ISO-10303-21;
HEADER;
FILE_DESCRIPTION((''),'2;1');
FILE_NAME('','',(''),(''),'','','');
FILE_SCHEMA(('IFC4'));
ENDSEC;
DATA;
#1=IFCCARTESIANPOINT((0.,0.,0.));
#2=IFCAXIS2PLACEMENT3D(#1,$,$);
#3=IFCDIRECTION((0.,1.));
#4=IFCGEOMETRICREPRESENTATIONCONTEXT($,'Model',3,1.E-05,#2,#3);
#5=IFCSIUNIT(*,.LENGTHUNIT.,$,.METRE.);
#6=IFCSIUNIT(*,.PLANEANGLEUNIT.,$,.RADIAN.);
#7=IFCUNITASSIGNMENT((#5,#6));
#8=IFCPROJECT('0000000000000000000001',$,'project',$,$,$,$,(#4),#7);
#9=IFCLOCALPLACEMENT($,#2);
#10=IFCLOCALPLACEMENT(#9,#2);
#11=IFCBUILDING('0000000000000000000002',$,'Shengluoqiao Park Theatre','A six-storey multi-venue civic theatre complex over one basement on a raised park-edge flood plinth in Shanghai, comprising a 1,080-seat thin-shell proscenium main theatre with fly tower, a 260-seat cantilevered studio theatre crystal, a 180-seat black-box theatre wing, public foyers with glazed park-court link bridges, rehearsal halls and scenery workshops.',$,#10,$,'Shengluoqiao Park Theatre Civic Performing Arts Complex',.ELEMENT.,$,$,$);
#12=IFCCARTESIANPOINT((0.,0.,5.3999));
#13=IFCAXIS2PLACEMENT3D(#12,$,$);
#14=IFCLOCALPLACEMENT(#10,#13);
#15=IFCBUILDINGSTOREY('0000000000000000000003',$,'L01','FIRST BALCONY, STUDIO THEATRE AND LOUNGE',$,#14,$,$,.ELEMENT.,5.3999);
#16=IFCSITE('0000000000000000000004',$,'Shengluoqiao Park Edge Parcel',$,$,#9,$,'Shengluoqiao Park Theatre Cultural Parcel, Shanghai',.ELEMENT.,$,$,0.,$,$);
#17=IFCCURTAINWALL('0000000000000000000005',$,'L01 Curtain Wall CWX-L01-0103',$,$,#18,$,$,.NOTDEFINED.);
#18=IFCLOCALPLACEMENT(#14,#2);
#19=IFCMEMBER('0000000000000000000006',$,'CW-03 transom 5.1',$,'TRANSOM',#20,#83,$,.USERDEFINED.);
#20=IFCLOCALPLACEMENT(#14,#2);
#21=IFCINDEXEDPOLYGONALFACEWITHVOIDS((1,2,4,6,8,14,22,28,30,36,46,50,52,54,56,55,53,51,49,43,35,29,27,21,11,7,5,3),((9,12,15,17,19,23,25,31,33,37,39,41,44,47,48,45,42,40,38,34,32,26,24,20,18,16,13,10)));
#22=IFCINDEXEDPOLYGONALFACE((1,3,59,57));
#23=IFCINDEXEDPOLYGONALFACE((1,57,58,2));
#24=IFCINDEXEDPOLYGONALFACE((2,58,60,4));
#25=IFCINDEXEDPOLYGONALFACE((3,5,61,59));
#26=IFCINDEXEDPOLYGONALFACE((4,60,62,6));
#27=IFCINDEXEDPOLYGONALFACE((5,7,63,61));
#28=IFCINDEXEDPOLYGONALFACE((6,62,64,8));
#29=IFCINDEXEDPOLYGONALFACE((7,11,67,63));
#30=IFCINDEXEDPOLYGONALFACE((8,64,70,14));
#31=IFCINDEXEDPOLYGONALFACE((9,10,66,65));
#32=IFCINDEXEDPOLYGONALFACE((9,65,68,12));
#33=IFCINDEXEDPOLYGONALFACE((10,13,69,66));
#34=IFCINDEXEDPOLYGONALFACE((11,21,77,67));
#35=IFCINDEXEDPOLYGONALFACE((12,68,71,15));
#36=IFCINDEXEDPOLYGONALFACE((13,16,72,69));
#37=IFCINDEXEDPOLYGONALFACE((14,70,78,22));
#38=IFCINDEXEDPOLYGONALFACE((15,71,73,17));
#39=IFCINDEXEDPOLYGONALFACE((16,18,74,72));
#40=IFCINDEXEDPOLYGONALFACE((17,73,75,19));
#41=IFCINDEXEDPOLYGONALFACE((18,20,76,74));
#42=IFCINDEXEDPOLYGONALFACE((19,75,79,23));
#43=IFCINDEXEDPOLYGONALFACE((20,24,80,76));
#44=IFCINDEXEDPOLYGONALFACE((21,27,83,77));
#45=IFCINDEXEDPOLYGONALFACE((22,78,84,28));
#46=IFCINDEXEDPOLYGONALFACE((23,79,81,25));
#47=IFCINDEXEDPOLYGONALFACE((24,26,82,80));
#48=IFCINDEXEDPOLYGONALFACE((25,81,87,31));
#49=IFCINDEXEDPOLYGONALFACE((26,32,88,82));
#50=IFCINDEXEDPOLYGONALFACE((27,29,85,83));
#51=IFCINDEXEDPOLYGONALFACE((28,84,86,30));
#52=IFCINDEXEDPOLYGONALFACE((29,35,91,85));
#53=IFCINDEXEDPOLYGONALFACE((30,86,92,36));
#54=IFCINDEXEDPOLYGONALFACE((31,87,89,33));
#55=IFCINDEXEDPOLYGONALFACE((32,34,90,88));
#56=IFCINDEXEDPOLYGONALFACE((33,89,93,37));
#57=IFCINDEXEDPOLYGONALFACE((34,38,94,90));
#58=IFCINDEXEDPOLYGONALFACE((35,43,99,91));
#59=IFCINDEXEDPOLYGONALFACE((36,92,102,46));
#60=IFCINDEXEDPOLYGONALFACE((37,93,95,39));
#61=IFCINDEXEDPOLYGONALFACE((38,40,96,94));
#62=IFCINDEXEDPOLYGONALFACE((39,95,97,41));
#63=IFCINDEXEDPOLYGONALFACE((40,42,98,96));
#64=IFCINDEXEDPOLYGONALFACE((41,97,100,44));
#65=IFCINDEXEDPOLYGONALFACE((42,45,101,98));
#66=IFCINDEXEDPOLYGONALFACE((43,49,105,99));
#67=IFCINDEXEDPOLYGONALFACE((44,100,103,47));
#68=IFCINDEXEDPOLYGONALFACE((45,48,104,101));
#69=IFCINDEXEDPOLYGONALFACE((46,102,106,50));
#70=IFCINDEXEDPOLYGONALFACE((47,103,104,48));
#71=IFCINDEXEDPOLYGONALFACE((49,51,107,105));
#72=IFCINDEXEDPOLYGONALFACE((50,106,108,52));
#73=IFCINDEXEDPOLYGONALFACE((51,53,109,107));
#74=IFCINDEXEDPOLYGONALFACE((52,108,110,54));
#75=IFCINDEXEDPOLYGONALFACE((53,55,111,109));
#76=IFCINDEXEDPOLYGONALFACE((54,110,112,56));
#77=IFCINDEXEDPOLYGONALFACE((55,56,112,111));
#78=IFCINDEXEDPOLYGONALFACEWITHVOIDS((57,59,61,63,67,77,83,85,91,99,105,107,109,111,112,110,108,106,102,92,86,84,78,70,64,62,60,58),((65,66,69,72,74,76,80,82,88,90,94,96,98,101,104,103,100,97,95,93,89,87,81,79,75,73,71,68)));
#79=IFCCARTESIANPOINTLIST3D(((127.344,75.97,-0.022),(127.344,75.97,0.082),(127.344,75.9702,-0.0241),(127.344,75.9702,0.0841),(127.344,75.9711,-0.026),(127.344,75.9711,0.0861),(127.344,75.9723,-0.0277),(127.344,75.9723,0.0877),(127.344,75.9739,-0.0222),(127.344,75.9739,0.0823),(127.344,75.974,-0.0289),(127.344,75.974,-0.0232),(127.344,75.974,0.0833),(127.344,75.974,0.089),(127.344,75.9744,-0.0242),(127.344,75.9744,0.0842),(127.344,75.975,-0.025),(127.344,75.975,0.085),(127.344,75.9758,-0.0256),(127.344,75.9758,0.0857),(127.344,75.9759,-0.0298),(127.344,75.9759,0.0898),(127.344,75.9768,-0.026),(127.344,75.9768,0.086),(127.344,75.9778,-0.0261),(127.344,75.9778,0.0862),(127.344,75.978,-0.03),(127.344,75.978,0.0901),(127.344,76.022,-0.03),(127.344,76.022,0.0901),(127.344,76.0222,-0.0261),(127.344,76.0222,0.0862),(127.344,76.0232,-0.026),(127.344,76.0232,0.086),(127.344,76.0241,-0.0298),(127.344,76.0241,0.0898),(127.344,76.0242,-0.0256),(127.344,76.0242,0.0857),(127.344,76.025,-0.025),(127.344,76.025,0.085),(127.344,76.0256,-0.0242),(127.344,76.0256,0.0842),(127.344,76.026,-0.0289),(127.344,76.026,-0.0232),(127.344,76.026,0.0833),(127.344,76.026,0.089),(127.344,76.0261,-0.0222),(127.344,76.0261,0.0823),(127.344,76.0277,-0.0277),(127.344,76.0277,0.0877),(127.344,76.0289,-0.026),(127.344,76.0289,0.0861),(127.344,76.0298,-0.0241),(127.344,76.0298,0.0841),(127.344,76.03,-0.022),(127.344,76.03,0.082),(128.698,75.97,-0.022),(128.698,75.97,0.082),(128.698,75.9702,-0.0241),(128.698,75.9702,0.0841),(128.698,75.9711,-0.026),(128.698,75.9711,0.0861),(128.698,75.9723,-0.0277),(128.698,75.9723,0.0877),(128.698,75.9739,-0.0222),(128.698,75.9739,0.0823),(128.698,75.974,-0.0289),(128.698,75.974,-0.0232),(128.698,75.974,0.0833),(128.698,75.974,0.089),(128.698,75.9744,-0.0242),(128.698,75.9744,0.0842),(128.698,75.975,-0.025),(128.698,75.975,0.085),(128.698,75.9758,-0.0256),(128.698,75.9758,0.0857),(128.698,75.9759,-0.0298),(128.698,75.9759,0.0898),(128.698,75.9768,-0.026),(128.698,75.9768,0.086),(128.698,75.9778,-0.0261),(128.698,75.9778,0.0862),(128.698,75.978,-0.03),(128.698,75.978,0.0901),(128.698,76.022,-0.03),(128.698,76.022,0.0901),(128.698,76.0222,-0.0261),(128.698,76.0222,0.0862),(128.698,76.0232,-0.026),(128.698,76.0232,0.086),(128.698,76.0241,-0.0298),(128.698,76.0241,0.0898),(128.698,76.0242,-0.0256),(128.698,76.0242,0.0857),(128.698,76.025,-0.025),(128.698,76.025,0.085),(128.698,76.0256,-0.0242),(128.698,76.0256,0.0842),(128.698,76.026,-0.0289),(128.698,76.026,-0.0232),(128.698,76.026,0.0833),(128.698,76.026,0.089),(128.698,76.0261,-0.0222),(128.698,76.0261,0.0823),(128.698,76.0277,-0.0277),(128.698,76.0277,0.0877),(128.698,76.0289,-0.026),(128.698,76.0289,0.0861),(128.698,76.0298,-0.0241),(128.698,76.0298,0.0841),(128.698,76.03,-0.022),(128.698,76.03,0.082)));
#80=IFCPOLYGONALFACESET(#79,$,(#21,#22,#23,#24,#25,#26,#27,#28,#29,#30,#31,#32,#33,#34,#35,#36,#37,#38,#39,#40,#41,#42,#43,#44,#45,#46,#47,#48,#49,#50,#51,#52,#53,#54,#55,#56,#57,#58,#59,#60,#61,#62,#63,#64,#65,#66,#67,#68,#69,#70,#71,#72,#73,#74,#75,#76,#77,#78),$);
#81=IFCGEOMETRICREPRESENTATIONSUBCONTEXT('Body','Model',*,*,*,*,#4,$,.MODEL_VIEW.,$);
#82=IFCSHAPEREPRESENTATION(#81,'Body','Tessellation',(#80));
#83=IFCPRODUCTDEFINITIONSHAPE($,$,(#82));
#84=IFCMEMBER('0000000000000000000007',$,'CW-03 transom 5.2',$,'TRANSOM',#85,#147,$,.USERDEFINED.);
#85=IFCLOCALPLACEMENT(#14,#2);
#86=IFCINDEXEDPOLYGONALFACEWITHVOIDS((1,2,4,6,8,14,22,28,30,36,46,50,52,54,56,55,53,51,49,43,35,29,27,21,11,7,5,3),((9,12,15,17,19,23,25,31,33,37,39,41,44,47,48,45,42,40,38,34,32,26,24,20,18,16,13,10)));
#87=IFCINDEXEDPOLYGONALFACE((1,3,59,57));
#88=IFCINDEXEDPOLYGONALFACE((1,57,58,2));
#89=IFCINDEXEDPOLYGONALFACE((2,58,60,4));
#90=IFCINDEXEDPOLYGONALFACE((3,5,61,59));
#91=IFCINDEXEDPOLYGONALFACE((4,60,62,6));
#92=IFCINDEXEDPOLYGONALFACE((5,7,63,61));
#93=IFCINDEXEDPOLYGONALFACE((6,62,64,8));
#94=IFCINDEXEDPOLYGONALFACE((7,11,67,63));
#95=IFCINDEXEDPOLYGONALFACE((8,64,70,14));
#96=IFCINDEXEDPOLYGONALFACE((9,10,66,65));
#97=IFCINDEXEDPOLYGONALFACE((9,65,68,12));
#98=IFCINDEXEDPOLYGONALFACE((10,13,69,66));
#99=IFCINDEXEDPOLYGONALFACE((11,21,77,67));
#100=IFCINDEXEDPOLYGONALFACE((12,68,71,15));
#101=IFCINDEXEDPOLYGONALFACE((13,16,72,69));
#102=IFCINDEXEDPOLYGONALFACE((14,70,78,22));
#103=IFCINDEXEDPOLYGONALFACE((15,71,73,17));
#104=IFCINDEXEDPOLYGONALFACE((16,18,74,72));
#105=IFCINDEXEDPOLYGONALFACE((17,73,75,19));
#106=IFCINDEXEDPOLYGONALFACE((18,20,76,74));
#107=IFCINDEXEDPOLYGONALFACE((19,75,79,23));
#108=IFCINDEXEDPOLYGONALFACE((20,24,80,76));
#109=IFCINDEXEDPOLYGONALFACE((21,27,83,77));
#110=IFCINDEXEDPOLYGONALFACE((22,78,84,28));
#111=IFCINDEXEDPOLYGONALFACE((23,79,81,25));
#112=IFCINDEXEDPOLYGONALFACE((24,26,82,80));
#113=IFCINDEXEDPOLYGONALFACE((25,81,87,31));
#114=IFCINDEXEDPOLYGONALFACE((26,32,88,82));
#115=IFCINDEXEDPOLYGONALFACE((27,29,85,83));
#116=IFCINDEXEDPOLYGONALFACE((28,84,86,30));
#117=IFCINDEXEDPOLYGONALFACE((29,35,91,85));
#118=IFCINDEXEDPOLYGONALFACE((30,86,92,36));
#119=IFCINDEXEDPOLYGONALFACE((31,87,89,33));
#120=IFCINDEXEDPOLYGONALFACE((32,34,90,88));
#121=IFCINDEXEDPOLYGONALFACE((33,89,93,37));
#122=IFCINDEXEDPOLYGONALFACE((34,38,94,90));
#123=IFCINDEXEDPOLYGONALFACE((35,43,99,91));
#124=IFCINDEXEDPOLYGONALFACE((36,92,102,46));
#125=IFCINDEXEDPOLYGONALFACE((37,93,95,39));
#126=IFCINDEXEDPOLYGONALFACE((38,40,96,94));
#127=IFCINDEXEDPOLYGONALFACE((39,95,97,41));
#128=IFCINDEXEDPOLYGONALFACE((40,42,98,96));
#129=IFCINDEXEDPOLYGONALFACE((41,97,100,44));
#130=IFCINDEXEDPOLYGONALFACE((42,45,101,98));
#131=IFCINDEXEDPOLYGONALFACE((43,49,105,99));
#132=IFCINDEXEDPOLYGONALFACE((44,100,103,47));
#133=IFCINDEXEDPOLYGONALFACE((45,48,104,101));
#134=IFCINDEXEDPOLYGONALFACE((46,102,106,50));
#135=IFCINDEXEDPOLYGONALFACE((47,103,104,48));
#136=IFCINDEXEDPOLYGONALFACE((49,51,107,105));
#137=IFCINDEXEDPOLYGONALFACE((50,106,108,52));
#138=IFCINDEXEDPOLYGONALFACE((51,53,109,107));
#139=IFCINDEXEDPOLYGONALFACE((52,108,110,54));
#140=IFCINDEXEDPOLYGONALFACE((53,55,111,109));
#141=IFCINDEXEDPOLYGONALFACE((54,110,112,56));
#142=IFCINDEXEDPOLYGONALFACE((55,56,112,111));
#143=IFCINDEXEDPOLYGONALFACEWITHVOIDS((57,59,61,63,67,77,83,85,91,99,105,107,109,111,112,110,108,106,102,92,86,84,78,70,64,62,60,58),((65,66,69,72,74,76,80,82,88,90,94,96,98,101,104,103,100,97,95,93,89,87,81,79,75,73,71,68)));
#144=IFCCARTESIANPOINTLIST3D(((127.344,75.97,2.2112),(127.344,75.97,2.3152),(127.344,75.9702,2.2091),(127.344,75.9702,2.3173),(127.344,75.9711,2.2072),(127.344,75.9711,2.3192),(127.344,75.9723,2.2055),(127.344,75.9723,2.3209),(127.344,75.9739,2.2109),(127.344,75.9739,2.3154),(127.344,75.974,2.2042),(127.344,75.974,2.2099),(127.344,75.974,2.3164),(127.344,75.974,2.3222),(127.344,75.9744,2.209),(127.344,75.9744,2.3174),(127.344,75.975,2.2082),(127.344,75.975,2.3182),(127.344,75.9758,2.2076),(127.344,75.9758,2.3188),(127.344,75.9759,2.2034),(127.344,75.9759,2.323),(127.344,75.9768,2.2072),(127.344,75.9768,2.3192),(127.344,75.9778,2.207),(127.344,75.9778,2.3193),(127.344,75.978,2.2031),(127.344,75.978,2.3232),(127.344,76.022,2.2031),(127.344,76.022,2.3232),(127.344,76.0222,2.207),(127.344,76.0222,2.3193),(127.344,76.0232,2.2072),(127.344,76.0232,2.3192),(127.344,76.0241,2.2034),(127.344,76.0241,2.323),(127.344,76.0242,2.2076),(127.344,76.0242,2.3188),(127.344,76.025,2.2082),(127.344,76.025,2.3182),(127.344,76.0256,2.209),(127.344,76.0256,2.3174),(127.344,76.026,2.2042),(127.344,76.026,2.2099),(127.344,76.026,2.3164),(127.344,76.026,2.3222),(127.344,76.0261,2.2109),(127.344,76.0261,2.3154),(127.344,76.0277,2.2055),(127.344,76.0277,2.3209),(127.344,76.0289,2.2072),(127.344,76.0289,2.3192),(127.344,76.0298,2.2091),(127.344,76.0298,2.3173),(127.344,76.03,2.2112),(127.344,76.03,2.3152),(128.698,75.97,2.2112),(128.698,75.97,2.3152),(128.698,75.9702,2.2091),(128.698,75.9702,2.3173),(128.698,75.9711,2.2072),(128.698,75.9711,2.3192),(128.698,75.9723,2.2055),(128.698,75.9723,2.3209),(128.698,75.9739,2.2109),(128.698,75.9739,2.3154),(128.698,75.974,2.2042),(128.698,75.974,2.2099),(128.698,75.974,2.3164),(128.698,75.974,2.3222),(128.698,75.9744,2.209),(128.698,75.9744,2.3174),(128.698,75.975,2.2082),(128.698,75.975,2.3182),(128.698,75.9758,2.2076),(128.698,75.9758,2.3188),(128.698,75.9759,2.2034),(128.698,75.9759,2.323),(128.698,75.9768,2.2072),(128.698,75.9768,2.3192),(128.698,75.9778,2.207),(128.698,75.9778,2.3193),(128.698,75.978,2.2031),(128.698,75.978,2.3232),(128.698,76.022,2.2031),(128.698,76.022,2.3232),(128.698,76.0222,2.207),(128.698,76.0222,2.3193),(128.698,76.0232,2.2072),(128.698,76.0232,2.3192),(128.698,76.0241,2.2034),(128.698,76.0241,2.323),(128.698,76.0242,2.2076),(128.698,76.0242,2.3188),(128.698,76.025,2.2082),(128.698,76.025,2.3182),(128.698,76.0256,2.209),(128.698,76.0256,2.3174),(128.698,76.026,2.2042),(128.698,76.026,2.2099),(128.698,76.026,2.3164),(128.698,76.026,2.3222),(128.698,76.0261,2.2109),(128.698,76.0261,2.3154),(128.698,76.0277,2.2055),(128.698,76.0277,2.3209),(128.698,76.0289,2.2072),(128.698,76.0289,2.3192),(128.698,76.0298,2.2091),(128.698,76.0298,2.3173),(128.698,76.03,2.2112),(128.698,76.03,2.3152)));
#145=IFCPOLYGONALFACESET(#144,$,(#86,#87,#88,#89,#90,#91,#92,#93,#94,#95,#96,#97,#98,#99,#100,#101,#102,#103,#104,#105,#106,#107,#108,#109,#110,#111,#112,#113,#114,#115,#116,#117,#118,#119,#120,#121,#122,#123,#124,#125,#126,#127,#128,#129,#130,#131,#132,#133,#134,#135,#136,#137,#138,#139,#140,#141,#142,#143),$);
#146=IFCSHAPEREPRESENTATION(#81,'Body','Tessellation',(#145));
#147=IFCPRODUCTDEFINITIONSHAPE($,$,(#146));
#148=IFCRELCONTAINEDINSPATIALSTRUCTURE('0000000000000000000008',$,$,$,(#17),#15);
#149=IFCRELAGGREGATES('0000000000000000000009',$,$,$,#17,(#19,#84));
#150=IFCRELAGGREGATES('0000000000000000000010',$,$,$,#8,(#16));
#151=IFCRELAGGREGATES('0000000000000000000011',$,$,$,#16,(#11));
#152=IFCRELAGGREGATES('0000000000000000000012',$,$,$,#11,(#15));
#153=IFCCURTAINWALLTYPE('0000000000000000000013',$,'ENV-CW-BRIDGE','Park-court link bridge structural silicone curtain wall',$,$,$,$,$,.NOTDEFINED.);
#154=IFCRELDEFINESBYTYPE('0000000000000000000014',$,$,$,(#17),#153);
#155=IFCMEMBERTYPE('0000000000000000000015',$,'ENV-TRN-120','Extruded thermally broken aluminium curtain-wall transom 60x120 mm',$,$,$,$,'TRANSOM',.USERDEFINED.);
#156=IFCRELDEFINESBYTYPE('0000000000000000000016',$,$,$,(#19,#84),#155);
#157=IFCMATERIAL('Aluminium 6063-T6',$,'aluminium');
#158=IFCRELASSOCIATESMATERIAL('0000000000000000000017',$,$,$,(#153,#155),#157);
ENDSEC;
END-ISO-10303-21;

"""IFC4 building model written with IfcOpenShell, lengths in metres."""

from ifc_helpers import new_model, si_unit, direction, frame, origin, origin_2d, place, context, subcontext, project, spatial, hollow_rectangle, extrude, material, material_profile, profile_set, type_object, element, aggregate, save


model = new_model("IFC4")

# Units and contexts
model_context = context("Model", 3, precision=1e-05, world=origin(), true_north=direction((0.0, 1.0)))
body_context = subcontext(model_context, "Body", "Model", "MODEL_VIEW")
ifc_project = project(units=[si_unit("LENGTHUNIT", "METRE"), si_unit("PLANEANGLEUNIT", "RADIAN")], contexts=[model_context])

# Site, building, storey
site_placement = place(None, origin())
site = spatial("IfcSite", under=ifc_project, at=site_placement, Name="Shengluoqiao Park Edge Parcel", LongName="Shengluoqiao Park Theatre Cultural Parcel, Shanghai", CompositionType="ELEMENT", RefElevation=0.0)
building_placement = place(site_placement, origin())
building = spatial("IfcBuilding", under=site, at=building_placement, Name="Shengluoqiao Park Theatre", Description="A six-storey multi-venue civic theatre complex over one basement on a raised park-edge flood plinth in Shanghai, comprising a 1,080-seat thin-shell proscenium main theatre with fly tower, a 260-seat cantilevered studio theatre crystal, a 180-seat black-box theatre wing, public foyers with glazed park-court link bridges, rehearsal halls and scenery workshops.", LongName="Shengluoqiao Park Theatre Civic Performing Arts Complex", CompositionType="ELEMENT")
storey_placement = place(building_placement, frame((0.0, 0.0, 5.3999)))
storey = spatial("IfcBuildingStorey", under=building, at=storey_placement, Name="L01", Description="FIRST BALCONY, STUDIO THEATRE AND LOUNGE", CompositionType="ELEMENT", Elevation=5.3999)

# Curtain wall
ifc_material_1 = material(Name="Aluminium 6063-T6", Category="aluminium")
curtain_wall_type = type_object("IfcCurtainWallType", Name="ENV-CW-BRIDGE", Description="Park-court link bridge structural silicone curtain wall", PredefinedType="NOTDEFINED", material=ifc_material_1)
curtain_wall_1_placement = place(storey_placement, origin())
curtain_wall_1 = element("IfcCurtainWall", 1, at=curtain_wall_1_placement, inside=storey, type_object=curtain_wall_type, Name="L01 Curtain Wall CWX-L01-0103", PredefinedType="NOTDEFINED")

# Members
ifc_material_profile_1 = material_profile(ifc_material_1, hollow_rectangle(XDim=0.0601, YDim=0.1201, WallThickness=0.0039, InnerFilletRadius=0.0039, OuterFilletRadius=0.0081, at=origin_2d()), Name="ALU TRANSOM 120x60x4")
ifc_profile_set_1 = profile_set([ifc_material_profile_1], Name="Aluminium 6063-T6")
member_type_1 = type_object("IfcMemberType", Name="ENV-TRN-120", Description="Extruded thermally broken aluminium curtain-wall transom 60x120 mm", ElementType="TRANSOM", PredefinedType="USERDEFINED", material=ifc_profile_set_1)
member_1_placement = place(storey_placement, frame((127.344, 76.0, 0.03), z_axis=(1.0, 0.0, 0.0), x_axis=(0.0, 1.0, 0.0)))
member_1 = element("IfcMember", 2, at=member_1_placement, type_object=member_type_1, Name="CW-03 transom 5.1", ObjectType="TRANSOM", PredefinedType="USERDEFINED", context=body_context, shape_type="SweptSolid", body=[
    extrude(hollow_rectangle(XDim=0.0601, YDim=0.1201, WallThickness=0.0039, InnerFilletRadius=0.0039, OuterFilletRadius=0.0081, at=origin_2d()), origin(), (0.0, 0.0, 1.0), 1.354),
])
member_2_placement = place(storey_placement, frame((127.344, 76.0, 2.2632), z_axis=(1.0, 0.0, 0.0), x_axis=(0.0, 1.0, 0.0)))
member_2 = element("IfcMember", 3, at=member_2_placement, type_object=member_type_1, Name="CW-03 transom 5.2", ObjectType="TRANSOM", PredefinedType="USERDEFINED", context=body_context, shape_type="SweptSolid", body=[
    extrude(hollow_rectangle(XDim=0.0601, YDim=0.1201, WallThickness=0.0039, InnerFilletRadius=0.0039, OuterFilletRadius=0.0081, at=origin_2d()), origin(), (0.0, 0.0, 1.0), 1.354),
])

aggregate(curtain_wall_1, [member_1, member_2])

save(model, "model.ifc")
